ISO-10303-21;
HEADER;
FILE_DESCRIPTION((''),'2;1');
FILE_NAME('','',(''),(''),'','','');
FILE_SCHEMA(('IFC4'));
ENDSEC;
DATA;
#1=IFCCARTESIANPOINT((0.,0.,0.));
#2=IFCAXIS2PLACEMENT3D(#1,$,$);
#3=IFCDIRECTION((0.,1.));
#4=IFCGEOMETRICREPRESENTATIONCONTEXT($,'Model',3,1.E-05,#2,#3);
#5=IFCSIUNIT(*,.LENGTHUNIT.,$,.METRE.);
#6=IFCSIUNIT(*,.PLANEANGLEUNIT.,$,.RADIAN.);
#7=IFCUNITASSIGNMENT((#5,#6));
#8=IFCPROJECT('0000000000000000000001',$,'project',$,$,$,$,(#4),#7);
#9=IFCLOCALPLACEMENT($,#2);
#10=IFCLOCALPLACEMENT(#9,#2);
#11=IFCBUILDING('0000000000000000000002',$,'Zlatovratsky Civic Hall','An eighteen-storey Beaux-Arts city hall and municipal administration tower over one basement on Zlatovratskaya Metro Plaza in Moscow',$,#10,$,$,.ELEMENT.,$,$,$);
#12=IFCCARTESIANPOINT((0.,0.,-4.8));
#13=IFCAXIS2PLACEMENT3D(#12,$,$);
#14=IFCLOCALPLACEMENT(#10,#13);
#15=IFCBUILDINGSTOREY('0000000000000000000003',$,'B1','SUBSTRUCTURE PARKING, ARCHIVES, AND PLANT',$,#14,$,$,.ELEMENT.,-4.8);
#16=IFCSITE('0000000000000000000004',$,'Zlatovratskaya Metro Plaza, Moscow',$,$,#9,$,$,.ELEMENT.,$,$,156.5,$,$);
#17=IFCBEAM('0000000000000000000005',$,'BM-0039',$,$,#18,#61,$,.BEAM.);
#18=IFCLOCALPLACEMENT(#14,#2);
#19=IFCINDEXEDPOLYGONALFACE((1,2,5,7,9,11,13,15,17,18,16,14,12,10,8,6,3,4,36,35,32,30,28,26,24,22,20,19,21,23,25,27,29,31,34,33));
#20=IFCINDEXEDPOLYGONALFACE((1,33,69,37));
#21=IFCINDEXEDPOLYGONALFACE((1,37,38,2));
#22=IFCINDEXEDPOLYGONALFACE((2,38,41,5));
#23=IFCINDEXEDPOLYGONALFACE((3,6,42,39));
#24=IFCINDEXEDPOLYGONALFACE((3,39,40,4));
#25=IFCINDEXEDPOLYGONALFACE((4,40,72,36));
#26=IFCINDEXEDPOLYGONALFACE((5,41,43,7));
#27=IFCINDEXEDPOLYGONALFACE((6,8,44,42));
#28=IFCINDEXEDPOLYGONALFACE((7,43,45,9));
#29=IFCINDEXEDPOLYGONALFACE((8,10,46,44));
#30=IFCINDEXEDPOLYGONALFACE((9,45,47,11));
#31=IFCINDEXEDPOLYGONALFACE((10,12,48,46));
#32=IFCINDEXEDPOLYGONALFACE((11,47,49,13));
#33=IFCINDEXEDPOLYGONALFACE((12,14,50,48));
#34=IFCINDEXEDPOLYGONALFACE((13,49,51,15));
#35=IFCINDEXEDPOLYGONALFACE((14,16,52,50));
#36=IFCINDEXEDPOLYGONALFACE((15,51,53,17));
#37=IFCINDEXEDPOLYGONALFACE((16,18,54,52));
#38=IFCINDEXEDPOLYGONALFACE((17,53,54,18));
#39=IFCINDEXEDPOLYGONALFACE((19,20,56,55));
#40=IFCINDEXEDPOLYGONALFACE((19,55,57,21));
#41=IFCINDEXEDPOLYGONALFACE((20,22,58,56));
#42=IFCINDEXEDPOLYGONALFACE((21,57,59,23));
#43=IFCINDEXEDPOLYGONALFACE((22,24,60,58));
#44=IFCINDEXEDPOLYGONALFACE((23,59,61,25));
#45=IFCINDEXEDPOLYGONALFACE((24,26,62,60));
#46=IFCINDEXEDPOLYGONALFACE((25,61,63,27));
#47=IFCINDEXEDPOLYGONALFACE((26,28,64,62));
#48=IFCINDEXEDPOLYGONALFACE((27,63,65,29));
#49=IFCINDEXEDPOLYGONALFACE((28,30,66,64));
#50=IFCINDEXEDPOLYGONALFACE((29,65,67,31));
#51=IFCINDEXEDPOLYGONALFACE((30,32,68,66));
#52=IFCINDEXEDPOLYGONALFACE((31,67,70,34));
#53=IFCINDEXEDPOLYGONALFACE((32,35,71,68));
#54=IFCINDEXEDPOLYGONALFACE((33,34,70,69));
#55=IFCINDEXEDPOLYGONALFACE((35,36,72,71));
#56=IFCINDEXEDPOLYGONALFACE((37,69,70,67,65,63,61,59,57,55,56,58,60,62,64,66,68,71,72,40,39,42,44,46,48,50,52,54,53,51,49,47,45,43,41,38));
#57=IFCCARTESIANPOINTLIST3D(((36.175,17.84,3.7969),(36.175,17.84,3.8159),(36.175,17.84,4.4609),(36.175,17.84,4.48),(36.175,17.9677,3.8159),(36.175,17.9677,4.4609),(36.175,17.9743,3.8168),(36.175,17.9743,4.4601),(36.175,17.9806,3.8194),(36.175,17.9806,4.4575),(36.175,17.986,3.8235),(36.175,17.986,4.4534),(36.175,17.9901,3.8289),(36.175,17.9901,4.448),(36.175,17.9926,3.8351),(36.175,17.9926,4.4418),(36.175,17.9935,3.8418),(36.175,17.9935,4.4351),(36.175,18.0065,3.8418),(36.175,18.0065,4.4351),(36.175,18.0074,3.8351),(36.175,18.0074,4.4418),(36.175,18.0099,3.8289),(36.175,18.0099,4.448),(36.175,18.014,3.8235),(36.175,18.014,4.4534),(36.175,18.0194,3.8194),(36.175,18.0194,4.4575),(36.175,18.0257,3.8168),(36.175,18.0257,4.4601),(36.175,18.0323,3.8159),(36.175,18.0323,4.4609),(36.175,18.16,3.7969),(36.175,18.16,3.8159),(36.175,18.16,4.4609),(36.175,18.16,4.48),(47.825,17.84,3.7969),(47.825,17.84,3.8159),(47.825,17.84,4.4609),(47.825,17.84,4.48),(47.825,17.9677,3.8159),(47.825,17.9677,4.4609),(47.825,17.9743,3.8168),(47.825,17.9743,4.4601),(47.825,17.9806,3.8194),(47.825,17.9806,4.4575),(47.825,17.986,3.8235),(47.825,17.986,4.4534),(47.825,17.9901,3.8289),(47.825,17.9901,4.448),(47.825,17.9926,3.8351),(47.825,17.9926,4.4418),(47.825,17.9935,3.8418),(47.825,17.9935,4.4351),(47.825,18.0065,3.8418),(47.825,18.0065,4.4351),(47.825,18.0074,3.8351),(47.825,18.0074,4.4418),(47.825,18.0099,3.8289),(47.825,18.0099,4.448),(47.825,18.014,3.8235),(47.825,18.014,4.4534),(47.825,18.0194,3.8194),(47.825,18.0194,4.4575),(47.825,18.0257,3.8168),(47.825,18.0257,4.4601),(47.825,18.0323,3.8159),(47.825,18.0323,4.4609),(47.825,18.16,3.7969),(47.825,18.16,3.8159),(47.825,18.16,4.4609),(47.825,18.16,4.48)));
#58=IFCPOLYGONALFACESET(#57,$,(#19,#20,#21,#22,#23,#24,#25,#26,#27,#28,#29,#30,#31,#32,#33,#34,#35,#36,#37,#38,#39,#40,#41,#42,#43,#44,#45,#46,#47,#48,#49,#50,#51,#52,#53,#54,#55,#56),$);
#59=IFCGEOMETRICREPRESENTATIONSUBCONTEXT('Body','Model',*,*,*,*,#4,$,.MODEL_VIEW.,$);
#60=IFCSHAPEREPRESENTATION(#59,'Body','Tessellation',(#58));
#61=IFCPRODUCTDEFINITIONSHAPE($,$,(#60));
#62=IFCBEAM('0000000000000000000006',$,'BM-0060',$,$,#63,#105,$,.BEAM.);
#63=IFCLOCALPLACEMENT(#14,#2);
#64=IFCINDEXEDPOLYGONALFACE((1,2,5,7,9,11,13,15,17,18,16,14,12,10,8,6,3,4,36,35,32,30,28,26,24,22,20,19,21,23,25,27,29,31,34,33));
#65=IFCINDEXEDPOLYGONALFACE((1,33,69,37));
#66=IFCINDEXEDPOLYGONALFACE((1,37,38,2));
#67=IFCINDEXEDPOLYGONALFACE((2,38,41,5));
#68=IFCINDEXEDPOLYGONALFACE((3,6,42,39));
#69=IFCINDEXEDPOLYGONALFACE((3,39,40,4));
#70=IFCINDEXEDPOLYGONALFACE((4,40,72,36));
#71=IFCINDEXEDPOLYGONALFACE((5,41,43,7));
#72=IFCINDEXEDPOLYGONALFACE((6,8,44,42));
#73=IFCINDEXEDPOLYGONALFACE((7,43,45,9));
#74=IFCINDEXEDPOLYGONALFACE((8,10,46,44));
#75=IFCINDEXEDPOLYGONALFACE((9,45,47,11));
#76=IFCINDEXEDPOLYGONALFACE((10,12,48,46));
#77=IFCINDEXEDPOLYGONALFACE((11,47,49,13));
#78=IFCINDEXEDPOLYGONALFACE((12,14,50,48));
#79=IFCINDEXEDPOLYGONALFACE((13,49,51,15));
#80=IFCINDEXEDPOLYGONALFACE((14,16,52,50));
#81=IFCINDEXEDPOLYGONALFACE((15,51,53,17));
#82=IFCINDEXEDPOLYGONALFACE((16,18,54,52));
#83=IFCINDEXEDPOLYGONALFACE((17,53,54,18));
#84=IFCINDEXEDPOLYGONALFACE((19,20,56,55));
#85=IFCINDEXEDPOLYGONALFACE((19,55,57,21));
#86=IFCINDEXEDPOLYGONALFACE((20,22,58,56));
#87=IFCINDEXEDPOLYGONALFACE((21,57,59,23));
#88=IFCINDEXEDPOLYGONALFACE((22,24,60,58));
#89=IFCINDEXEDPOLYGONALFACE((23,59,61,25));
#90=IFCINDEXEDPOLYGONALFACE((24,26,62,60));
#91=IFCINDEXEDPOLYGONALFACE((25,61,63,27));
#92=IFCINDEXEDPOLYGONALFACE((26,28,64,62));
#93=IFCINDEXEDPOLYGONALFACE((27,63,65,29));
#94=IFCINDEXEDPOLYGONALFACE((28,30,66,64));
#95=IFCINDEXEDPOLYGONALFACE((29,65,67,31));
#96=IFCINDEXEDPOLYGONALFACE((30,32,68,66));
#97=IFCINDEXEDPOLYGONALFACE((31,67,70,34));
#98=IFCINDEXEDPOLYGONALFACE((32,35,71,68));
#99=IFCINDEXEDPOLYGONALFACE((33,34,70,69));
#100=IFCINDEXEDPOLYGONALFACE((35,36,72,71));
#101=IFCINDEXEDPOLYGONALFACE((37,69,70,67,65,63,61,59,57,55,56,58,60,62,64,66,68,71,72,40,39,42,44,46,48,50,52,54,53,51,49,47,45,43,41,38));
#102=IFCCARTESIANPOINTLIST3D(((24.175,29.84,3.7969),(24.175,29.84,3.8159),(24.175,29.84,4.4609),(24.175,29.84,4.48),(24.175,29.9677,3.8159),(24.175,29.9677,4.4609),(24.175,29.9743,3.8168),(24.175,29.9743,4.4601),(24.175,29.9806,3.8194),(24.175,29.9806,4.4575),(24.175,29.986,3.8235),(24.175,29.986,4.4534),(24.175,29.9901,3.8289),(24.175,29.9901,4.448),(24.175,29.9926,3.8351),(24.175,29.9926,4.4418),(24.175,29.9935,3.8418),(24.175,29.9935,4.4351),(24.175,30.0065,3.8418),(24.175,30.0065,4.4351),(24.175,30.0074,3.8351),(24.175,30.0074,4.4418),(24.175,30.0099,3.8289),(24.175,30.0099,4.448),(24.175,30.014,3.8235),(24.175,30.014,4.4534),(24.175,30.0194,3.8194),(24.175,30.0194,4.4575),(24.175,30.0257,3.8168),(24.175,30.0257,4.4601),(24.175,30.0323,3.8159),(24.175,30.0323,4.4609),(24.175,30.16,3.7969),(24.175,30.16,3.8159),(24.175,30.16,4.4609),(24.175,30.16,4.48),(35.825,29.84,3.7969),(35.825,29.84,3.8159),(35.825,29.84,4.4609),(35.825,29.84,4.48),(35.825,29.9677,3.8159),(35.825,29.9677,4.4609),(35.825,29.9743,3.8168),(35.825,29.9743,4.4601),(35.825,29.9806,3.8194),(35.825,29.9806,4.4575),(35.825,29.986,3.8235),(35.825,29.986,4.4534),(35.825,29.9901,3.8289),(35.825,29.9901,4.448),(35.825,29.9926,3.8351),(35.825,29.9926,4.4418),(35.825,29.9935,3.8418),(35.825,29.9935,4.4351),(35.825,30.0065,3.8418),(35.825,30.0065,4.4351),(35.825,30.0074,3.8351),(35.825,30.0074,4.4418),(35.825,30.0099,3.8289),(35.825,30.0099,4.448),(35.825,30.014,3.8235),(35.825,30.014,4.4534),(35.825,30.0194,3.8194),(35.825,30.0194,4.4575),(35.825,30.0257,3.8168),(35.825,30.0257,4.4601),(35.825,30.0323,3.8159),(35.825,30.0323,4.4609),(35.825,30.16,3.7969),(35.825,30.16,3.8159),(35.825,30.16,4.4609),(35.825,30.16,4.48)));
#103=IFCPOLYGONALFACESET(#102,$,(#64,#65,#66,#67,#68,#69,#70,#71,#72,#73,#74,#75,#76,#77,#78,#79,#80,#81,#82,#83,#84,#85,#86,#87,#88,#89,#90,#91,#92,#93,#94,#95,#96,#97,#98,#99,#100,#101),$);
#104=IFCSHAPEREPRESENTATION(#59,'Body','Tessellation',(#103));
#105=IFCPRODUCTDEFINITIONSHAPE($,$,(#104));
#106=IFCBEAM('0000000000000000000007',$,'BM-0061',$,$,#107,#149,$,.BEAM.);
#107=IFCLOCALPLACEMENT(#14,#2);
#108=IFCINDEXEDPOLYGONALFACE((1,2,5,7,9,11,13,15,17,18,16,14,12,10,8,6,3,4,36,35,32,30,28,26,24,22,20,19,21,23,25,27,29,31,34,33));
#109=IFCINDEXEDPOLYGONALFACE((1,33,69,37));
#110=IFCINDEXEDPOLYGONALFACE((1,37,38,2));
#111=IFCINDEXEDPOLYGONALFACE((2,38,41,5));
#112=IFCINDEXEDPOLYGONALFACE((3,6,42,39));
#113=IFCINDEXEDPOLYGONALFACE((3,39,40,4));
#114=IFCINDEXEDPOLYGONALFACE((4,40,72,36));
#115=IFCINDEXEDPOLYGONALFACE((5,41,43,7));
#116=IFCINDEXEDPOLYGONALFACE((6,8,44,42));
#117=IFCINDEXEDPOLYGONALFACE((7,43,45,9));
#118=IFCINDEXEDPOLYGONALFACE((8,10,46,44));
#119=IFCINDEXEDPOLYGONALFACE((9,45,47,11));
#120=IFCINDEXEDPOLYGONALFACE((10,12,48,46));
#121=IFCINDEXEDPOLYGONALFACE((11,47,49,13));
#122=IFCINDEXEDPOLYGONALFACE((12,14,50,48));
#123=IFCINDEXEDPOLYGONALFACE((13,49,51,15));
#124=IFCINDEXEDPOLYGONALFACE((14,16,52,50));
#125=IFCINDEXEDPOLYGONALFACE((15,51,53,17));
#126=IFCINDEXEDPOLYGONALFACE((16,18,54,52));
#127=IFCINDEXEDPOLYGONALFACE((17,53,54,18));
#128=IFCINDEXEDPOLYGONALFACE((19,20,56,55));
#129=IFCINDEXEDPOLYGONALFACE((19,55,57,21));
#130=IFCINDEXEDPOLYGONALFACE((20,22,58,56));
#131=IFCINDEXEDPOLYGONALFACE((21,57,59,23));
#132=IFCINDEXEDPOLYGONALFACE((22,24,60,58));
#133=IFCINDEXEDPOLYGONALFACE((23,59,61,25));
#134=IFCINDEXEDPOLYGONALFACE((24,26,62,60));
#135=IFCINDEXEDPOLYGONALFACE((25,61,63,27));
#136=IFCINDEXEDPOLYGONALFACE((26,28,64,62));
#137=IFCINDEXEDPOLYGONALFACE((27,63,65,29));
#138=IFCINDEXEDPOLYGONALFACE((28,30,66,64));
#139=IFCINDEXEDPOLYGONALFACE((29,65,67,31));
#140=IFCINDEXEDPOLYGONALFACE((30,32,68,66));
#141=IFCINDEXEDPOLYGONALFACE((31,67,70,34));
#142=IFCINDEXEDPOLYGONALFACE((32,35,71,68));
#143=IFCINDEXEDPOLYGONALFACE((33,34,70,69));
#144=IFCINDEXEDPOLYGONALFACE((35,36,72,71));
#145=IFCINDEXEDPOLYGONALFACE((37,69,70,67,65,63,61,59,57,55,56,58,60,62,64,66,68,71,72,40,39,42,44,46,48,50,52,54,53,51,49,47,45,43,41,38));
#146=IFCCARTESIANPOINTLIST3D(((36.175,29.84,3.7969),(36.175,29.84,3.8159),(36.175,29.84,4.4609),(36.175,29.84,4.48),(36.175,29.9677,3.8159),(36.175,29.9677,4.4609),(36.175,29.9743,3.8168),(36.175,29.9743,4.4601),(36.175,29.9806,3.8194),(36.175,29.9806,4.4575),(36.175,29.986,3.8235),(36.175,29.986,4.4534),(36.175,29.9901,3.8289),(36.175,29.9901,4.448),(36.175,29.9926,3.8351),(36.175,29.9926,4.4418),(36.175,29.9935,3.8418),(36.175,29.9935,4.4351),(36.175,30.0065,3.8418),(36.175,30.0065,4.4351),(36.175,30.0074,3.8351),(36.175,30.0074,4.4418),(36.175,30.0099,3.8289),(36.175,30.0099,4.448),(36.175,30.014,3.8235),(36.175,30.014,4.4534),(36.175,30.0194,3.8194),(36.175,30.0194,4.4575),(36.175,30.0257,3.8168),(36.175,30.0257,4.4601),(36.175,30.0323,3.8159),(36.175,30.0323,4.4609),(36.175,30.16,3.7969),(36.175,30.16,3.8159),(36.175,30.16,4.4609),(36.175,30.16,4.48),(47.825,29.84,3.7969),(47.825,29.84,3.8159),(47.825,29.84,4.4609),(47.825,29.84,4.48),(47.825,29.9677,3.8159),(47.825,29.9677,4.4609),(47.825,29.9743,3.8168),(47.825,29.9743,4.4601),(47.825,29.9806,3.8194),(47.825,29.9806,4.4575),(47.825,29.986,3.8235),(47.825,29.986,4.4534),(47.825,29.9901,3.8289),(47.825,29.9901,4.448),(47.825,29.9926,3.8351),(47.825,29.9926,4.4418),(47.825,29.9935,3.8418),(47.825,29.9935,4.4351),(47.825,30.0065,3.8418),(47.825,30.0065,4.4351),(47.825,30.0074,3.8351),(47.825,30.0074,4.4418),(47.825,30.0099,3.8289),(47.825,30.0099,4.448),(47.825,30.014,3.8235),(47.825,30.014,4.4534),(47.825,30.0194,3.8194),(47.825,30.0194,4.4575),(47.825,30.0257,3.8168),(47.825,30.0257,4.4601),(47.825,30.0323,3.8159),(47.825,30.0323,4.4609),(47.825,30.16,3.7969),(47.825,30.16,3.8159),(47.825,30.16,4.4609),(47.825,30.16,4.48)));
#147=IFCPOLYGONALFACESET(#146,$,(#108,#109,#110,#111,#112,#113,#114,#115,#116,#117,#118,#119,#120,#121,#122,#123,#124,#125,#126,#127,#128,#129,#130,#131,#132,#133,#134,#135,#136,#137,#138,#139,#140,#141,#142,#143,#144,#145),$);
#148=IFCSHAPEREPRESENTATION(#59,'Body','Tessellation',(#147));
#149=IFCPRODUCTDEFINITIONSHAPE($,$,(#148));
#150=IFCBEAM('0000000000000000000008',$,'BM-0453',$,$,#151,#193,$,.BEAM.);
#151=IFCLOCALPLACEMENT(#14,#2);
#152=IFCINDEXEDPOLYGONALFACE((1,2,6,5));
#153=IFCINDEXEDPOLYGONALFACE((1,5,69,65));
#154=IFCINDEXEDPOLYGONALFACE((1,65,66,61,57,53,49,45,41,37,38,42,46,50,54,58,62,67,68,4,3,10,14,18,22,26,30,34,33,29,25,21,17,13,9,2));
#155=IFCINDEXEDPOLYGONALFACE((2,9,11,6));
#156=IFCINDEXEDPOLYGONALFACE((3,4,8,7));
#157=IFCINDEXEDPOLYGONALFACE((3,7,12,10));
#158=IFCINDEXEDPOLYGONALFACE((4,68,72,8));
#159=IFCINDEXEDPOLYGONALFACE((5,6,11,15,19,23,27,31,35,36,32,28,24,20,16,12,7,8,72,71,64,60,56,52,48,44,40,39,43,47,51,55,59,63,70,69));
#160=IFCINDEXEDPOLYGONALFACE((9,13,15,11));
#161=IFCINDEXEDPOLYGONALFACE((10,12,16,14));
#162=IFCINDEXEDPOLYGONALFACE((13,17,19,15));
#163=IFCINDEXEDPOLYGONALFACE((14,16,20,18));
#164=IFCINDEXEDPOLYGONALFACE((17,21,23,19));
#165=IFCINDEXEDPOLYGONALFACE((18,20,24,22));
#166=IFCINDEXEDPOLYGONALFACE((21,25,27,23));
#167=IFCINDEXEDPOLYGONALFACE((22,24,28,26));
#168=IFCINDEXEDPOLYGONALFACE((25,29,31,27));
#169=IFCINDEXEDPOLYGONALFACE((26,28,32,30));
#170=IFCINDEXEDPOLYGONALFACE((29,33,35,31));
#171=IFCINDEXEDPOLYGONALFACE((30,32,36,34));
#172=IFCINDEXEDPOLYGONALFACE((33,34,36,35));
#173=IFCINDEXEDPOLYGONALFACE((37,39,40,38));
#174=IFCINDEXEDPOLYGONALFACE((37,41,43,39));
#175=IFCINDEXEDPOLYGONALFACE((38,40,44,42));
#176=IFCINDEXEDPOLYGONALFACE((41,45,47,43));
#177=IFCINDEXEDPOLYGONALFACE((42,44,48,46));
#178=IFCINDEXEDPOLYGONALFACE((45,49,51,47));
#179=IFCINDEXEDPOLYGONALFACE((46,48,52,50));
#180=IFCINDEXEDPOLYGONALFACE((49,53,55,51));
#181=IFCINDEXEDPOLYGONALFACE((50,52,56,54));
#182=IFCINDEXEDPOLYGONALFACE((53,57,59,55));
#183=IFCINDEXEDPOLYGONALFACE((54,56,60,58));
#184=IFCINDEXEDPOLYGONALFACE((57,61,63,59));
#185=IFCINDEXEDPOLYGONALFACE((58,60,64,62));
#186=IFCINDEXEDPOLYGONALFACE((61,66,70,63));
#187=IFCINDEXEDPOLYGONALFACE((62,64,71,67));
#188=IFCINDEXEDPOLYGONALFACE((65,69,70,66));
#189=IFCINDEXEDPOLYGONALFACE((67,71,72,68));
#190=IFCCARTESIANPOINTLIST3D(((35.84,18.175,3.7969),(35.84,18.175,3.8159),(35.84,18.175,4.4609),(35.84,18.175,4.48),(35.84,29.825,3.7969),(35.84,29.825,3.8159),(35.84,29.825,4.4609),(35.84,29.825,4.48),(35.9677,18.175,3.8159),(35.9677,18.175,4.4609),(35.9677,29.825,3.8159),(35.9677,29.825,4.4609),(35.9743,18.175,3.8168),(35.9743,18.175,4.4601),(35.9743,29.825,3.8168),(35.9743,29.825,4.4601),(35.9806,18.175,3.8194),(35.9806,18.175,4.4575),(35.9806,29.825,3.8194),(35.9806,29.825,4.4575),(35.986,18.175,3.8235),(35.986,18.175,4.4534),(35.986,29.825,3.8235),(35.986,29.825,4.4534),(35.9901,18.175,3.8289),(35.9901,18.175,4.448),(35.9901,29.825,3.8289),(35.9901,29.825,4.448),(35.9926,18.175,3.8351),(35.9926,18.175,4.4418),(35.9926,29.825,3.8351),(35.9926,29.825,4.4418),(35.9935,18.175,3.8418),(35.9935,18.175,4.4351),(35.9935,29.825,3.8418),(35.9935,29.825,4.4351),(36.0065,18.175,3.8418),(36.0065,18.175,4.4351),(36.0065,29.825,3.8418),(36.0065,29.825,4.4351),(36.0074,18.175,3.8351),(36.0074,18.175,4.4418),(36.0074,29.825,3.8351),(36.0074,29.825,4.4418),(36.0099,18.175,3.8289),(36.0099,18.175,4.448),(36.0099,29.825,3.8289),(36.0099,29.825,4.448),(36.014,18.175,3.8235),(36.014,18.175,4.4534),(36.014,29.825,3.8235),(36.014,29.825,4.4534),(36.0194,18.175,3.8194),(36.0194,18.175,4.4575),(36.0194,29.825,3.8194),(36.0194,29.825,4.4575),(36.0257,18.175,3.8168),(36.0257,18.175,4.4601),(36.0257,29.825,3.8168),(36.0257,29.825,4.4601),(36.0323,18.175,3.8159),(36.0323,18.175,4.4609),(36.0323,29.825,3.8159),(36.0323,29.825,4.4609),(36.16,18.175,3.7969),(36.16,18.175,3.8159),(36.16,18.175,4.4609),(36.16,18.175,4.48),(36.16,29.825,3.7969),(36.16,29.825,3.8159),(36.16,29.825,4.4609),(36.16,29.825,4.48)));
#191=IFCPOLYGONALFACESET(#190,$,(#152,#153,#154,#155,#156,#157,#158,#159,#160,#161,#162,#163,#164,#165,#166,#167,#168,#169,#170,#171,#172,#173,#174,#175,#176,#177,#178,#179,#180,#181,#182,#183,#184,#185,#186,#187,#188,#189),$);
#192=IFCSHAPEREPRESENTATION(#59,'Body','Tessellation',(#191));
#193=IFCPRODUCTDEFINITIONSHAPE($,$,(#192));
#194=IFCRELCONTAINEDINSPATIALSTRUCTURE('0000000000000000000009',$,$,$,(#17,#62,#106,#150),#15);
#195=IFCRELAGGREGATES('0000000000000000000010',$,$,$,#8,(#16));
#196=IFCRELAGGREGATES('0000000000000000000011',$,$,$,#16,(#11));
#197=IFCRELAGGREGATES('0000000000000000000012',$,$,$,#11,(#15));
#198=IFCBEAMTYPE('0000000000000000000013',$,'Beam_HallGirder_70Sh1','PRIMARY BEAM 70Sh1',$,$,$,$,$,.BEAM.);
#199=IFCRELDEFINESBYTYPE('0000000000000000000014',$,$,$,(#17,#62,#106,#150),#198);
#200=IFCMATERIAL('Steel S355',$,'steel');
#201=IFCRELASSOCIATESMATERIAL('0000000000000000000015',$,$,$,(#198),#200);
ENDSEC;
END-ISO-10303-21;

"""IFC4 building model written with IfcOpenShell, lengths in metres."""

from ifc_helpers import new_model, si_unit, direction, frame, origin, origin_2d, place, context, subcontext, project, spatial, i_section, extrude, material, material_profile, profile_set, type_object, element, save


model = new_model("IFC4")

# Units and contexts
model_context = context("Model", 3, precision=1e-05, world=origin(), true_north=direction((0.0, 1.0)))
body_context = subcontext(model_context, "Body", "Model", "MODEL_VIEW")
ifc_project = project(units=[si_unit("LENGTHUNIT", "METRE"), si_unit("PLANEANGLEUNIT", "RADIAN")], contexts=[model_context])

# Site, building, storey
site_placement = place(None, origin())
site = spatial("IfcSite", under=ifc_project, at=site_placement, Name="Zlatovratskaya Metro Plaza, Moscow", CompositionType="ELEMENT", RefElevation=156.5)
building_placement = place(site_placement, origin())
building = spatial("IfcBuilding", under=site, at=building_placement, Name="Zlatovratsky Civic Hall", Description="An eighteen-storey Beaux-Arts city hall and municipal administration tower over one basement on Zlatovratskaya Metro Plaza in Moscow", CompositionType="ELEMENT")
storey_placement = place(building_placement, frame((0.0, 0.0, -4.8)))
storey = spatial("IfcBuildingStorey", under=building, at=storey_placement, Name="B1", Description="SUBSTRUCTURE PARKING, ARCHIVES, AND PLANT", CompositionType="ELEMENT", Elevation=-4.8)

# Shared definitions
ifc_material_1 = material(Name="Steel S355", Category="steel")

# Beams
ifc_material_profile_1 = material_profile(ifc_material_1, i_section(OverallWidth=0.3201, OverallDepth=0.6831, WebThickness=0.0129, FlangeThickness=0.019, FilletRadius=0.0259, at=origin_2d()), Name="70Sh1")
ifc_profile_set_1 = profile_set([ifc_material_profile_1], Name="Steel S355")
beam_type_1 = type_object("IfcBeamType", Name="Beam_HallGirder_70Sh1", Description="PRIMARY BEAM 70Sh1", PredefinedType="BEAM", material=ifc_profile_set_1)
for number, where, z_axis, x_axis, name in (
    (1, (36.175, 18.0, 4.1384), (1.0, 0.0, 0.0), (0.0, 1.0, 0.0), "BM-0039"),
    (2, (24.175, 30.0, 4.1384), (1.0, 0.0, 0.0), (0.0, 1.0, 0.0), "BM-0060"),
    (3, (36.175, 30.0, 4.1384), (1.0, 0.0, 0.0), (0.0, 1.0, 0.0), "BM-0061"),
    (4, (36.0, 18.175, 4.1384), (0.0, 1.0, 0.0), (-1.0, 0.0, 0.0), "BM-0453"),
):
    element("IfcBeam", number, at=place(storey_placement, frame(where, z_axis=z_axis, x_axis=x_axis)), inside=storey, type_object=beam_type_1, Name=name, PredefinedType="BEAM", context=body_context, shape_type="SweptSolid", body=[
        extrude(i_section(OverallWidth=0.3201, OverallDepth=0.6831, WebThickness=0.0129, FlangeThickness=0.019, FilletRadius=0.0259, at=origin_2d()), origin(), (0.0, 0.0, 1.0), 11.6499),
    ])

save(model, "model.ifc")
